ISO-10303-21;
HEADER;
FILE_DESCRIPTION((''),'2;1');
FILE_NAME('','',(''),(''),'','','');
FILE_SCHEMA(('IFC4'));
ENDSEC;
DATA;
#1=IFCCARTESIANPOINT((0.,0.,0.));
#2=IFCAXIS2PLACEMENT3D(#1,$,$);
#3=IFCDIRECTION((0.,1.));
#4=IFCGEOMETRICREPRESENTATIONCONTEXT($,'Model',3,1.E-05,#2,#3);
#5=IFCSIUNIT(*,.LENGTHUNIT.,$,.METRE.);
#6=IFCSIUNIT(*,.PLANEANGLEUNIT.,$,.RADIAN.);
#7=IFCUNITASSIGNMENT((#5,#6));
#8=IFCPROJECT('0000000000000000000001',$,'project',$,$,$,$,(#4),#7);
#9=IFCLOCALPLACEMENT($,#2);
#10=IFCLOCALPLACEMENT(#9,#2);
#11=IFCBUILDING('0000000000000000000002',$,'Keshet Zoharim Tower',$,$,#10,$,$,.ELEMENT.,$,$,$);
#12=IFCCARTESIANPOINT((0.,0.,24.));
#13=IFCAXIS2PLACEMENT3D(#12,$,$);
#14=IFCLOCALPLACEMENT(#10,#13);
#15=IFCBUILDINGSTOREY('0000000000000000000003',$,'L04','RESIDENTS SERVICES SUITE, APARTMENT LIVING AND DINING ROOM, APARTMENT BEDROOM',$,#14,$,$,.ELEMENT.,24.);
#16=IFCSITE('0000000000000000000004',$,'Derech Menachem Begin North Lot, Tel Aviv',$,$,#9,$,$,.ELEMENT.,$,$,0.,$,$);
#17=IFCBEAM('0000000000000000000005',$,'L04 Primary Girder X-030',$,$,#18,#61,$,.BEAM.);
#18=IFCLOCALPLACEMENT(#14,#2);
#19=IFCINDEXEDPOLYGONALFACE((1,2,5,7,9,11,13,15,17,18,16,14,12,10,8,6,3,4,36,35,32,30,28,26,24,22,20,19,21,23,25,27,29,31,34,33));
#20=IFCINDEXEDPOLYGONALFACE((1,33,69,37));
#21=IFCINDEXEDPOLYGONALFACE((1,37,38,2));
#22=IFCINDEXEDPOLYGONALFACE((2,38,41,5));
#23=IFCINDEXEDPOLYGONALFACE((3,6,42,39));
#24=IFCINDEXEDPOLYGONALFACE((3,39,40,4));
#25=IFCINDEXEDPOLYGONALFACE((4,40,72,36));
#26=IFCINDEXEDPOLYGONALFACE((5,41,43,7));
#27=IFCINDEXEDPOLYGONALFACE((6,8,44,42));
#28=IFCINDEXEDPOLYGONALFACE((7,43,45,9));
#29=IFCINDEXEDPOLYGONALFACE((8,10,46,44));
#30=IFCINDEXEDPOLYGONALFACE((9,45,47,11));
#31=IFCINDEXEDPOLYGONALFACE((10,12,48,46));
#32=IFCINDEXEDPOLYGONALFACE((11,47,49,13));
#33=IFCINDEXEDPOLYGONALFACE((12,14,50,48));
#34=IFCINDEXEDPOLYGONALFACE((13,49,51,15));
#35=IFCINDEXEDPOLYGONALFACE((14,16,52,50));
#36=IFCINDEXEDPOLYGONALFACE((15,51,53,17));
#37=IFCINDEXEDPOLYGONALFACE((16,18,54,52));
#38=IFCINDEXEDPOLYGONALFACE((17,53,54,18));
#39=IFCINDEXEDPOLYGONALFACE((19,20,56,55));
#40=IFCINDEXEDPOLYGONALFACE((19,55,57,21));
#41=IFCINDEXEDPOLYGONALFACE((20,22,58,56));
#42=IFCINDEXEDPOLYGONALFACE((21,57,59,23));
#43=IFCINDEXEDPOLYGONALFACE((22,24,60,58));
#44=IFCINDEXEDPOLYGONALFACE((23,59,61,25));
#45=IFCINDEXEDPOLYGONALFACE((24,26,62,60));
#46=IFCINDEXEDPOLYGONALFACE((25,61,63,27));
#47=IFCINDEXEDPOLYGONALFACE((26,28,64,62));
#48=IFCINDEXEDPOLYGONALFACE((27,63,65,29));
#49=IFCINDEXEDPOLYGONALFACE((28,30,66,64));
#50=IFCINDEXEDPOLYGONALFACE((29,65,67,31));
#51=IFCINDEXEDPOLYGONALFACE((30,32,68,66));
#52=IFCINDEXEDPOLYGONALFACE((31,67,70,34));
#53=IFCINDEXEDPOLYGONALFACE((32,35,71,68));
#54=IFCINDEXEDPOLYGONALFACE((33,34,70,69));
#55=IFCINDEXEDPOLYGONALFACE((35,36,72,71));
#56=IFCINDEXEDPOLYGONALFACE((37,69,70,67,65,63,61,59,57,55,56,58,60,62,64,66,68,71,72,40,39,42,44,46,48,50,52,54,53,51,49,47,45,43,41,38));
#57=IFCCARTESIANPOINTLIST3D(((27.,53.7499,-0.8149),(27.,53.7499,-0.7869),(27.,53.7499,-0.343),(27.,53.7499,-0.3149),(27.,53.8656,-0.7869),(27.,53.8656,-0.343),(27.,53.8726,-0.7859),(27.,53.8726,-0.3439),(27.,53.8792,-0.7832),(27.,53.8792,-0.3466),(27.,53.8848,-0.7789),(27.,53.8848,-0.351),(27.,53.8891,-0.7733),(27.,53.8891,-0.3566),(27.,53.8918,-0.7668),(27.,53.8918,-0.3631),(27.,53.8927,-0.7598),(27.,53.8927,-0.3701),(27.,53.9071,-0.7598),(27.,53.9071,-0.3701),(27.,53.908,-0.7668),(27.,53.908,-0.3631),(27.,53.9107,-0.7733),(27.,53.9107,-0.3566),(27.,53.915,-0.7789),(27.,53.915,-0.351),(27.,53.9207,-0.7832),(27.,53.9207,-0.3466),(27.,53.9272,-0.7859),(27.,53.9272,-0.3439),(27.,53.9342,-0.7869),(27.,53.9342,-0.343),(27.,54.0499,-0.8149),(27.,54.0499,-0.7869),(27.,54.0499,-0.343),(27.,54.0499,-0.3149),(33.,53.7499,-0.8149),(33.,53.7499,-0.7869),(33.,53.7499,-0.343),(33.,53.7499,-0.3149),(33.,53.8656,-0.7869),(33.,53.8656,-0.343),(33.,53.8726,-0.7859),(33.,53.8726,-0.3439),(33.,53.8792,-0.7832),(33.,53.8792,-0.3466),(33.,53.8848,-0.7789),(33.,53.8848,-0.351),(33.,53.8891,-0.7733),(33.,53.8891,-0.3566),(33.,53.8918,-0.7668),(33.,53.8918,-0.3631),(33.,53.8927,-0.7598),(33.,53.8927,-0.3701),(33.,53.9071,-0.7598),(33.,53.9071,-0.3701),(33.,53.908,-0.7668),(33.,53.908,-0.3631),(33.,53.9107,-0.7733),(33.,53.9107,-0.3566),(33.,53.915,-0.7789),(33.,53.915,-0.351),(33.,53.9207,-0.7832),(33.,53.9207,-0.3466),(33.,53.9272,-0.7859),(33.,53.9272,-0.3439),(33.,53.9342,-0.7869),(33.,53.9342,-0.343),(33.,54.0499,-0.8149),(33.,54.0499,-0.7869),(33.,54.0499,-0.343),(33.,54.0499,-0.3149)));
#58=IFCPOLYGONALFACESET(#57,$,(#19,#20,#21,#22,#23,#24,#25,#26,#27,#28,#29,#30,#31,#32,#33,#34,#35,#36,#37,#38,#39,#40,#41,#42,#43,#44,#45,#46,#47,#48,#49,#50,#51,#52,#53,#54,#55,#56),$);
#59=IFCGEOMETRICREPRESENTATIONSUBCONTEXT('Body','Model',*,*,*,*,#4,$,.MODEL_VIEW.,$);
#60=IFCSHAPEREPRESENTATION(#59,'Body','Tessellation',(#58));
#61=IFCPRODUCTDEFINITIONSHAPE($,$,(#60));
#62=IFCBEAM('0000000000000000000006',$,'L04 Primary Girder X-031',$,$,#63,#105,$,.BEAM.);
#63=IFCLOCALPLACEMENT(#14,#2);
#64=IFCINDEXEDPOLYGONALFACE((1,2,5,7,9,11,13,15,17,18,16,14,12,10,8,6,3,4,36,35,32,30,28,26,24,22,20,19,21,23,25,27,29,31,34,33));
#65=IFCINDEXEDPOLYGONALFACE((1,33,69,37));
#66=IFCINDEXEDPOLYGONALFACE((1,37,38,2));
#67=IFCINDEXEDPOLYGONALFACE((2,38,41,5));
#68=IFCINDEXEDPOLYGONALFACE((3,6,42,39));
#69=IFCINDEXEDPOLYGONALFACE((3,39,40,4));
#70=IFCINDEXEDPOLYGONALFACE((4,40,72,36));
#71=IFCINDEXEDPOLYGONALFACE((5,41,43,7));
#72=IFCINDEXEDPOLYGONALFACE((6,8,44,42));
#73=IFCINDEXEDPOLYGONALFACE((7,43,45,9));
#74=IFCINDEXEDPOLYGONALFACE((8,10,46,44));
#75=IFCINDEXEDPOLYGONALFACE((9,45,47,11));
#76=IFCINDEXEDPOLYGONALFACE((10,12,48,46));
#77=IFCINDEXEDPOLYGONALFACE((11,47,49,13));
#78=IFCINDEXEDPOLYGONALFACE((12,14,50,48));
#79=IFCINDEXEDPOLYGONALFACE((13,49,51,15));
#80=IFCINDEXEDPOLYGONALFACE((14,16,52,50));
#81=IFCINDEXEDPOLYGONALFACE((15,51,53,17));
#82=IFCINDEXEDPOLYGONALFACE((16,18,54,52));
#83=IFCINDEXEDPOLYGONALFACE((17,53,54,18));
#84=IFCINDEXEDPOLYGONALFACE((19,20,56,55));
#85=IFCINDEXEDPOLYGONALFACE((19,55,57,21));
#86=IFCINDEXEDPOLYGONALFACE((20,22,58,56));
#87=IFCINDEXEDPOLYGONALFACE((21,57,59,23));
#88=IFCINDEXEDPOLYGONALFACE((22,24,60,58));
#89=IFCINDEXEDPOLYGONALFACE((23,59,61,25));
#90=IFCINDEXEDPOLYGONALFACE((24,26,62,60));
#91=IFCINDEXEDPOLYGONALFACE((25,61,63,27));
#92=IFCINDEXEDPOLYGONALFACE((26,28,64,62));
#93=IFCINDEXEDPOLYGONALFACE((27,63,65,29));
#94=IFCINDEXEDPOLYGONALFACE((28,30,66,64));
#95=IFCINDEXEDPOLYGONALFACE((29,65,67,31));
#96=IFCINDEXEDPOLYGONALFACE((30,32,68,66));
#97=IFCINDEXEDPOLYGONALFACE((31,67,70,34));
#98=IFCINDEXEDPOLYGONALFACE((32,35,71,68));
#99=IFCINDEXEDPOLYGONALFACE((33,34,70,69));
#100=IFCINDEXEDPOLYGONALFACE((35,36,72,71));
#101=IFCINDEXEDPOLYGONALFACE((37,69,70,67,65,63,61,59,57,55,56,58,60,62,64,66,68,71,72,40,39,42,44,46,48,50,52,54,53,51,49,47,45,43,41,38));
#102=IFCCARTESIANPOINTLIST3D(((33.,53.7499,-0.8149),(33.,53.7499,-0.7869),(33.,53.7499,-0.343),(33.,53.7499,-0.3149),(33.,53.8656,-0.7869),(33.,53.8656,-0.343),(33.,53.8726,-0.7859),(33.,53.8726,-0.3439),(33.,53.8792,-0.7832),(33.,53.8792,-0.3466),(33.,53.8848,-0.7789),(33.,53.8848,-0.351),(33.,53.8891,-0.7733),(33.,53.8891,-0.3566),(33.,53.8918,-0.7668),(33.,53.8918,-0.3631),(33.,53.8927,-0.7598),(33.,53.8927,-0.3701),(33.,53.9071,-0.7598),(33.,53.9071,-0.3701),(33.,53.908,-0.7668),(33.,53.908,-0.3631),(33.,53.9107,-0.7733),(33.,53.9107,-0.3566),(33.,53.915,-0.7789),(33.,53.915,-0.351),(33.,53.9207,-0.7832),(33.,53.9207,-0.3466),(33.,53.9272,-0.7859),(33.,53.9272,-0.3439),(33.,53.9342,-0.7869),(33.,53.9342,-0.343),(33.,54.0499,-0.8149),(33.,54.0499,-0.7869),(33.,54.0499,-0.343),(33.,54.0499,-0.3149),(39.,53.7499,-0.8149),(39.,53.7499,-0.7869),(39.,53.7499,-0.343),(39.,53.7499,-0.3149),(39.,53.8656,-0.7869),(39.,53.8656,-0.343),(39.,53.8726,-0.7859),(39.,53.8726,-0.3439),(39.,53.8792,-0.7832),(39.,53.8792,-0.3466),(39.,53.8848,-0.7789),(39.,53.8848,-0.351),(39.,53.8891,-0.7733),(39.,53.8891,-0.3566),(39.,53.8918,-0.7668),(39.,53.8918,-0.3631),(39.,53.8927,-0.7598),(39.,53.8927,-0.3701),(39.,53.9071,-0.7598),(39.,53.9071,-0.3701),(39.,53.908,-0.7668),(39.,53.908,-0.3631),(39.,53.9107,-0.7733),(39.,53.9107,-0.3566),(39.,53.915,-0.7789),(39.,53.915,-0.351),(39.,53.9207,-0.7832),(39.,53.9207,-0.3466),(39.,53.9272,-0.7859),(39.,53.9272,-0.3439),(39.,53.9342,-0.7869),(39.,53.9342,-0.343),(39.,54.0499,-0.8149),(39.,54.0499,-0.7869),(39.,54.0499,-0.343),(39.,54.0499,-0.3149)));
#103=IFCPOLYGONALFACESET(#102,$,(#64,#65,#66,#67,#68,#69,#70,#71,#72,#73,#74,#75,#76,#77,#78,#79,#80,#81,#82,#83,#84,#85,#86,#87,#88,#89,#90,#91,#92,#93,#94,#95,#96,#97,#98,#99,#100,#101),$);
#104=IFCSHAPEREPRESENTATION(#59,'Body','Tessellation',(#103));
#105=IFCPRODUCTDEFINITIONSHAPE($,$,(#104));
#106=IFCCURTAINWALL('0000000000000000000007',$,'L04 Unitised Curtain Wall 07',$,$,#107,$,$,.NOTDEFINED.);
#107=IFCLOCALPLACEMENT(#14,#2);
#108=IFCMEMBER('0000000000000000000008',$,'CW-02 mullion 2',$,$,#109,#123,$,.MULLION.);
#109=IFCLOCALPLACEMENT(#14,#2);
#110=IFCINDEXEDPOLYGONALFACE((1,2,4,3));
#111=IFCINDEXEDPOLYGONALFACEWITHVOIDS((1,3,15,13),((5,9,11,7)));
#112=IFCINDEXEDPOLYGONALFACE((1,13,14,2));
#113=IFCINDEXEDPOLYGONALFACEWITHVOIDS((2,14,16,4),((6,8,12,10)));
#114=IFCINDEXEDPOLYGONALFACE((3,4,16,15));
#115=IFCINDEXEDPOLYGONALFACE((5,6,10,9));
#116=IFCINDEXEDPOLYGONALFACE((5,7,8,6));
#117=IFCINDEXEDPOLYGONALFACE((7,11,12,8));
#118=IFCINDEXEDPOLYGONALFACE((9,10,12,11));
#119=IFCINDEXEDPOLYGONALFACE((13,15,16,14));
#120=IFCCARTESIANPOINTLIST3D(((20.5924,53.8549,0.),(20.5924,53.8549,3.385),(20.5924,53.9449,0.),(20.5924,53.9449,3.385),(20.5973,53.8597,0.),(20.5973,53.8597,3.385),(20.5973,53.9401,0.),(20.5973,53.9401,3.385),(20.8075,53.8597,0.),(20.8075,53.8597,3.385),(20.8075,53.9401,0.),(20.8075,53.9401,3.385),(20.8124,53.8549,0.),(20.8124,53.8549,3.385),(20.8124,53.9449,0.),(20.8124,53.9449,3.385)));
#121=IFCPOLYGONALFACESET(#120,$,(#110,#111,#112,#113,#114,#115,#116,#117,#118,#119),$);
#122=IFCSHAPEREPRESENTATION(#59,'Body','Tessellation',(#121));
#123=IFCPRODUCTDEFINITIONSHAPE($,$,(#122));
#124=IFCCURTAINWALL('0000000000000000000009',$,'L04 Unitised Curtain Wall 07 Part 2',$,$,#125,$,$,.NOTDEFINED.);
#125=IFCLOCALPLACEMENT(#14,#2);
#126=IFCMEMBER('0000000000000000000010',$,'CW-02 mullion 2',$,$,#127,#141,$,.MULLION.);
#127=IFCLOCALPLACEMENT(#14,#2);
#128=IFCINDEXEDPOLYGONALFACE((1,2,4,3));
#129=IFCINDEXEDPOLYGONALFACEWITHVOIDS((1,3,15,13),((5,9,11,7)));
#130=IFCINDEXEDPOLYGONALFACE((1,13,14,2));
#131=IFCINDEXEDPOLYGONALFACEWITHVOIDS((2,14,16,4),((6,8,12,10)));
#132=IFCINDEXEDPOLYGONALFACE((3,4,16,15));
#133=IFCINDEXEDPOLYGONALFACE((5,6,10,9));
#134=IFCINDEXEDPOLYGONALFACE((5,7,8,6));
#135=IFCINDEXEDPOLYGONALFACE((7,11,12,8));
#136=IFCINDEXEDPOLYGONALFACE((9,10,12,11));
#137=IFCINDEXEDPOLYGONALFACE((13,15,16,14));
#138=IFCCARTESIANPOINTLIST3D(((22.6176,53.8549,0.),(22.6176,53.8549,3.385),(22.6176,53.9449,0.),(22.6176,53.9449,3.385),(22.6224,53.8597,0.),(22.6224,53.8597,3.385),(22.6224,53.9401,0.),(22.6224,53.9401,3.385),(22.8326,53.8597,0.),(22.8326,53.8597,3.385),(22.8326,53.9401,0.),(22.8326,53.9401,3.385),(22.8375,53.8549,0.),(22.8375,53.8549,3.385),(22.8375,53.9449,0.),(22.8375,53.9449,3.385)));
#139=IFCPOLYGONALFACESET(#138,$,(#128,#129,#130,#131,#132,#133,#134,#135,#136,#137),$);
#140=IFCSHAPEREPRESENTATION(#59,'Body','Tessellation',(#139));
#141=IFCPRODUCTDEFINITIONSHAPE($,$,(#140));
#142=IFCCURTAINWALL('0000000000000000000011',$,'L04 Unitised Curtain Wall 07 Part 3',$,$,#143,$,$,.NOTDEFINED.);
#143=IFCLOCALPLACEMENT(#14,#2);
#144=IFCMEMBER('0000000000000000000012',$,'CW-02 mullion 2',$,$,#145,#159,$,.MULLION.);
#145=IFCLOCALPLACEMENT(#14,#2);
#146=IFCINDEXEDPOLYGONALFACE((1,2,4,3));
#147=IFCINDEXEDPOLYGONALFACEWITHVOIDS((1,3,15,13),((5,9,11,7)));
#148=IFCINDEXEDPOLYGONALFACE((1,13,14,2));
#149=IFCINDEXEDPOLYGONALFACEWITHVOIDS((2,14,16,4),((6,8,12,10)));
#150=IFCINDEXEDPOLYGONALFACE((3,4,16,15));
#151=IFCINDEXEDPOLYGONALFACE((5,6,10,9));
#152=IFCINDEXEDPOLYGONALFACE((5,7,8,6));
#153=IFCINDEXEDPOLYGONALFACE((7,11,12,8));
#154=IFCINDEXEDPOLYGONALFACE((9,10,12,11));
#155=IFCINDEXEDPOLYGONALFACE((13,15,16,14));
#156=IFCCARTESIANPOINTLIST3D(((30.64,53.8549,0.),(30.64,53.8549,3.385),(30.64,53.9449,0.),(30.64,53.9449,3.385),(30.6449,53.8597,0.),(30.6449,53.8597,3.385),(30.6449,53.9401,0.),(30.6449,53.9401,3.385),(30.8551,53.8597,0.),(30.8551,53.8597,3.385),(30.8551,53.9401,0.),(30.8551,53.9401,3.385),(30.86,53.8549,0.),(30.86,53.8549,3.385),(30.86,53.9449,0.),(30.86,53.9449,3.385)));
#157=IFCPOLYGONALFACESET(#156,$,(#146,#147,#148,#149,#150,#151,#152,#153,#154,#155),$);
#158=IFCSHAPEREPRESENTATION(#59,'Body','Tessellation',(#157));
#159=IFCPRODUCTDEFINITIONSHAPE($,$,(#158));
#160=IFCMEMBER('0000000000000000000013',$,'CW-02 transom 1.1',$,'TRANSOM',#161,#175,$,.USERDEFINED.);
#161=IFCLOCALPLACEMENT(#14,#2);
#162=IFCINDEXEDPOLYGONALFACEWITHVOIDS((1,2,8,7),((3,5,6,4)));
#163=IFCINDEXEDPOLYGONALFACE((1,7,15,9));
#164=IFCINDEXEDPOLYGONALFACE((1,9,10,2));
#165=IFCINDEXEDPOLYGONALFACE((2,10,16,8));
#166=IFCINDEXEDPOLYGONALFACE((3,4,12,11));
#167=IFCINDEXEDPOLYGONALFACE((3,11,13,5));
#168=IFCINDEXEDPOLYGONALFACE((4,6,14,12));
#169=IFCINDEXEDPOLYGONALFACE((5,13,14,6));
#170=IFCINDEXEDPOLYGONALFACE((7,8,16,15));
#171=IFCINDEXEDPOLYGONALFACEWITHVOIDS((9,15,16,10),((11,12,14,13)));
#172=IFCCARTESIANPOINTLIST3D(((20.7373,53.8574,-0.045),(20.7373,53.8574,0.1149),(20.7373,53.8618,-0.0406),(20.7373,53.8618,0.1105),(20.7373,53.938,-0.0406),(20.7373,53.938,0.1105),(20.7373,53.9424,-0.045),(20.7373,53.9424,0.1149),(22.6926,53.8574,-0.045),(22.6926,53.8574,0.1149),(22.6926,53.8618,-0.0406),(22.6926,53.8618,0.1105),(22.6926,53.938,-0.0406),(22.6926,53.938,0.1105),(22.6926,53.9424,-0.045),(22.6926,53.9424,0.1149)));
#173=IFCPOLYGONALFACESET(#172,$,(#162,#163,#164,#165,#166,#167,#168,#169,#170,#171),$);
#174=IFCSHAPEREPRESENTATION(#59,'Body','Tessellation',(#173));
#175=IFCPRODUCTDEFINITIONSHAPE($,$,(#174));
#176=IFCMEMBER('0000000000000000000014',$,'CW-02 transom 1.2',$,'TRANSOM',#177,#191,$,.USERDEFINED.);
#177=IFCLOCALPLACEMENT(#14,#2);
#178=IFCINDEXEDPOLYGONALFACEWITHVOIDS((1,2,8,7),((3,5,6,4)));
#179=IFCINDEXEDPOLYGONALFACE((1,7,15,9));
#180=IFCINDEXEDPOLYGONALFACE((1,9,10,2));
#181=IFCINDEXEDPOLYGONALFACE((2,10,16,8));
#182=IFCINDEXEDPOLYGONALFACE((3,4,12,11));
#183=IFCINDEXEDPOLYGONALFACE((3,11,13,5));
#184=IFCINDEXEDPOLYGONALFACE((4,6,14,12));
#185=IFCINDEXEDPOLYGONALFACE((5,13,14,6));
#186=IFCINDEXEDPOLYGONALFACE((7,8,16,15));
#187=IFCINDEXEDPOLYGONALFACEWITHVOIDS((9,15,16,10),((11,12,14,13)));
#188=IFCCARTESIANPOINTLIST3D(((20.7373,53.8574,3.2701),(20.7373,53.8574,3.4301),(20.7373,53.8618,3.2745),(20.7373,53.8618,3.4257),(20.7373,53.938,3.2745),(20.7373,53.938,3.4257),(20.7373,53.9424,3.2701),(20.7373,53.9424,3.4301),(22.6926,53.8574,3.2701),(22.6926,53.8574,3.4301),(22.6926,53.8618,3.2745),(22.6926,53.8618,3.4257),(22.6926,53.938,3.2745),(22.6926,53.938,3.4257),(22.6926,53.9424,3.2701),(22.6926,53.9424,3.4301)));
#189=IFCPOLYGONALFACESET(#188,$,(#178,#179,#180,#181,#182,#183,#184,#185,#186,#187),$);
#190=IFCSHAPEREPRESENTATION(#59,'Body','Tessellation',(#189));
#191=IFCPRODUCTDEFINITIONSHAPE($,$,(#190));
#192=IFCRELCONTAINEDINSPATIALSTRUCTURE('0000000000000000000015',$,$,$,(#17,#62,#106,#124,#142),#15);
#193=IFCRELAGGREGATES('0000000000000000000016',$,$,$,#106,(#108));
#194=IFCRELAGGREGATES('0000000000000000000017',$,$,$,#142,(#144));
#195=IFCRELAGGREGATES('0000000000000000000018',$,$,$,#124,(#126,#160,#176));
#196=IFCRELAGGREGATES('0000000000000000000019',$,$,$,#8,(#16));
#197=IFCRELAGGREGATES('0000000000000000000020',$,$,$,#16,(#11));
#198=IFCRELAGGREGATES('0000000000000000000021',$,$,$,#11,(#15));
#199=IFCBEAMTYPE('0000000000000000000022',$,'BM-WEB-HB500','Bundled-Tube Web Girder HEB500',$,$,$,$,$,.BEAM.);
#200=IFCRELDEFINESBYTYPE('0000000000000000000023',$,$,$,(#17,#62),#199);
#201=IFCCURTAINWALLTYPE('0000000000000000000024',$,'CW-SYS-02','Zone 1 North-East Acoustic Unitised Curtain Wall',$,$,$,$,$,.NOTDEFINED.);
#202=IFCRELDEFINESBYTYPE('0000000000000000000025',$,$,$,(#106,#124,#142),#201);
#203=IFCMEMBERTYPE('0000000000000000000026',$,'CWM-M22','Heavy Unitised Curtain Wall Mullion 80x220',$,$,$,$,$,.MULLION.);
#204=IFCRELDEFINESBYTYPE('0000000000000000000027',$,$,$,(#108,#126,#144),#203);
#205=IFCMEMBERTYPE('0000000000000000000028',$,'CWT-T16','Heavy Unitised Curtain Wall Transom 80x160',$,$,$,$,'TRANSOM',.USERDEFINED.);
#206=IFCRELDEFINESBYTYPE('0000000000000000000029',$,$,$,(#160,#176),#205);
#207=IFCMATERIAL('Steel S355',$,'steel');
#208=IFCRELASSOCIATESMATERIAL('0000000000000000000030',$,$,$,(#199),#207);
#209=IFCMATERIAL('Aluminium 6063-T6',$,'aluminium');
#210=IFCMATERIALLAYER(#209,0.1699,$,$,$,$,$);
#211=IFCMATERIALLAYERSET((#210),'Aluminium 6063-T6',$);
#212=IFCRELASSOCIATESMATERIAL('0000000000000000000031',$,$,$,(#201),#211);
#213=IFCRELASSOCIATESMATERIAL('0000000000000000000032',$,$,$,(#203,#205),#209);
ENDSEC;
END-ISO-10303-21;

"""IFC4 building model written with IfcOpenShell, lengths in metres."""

from ifc_helpers import new_model, si_unit, direction, frame, origin, origin_2d, place, context, subcontext, project, spatial, hollow_rectangle, i_section, extrude, material, layer, layer_set, material_profile, profile_set, type_object, element, aggregate, save


model = new_model("IFC4")

# Units and contexts
model_context = context("Model", 3, precision=1e-05, world=origin(), true_north=direction((0.0, 1.0)))
body_context = subcontext(model_context, "Body", "Model", "MODEL_VIEW")
ifc_project = project(units=[si_unit("LENGTHUNIT", "METRE"), si_unit("PLANEANGLEUNIT", "RADIAN")], contexts=[model_context])

# Site, building, storey
site_placement = place(None, origin())
site = spatial("IfcSite", under=ifc_project, at=site_placement, Name="Derech Menachem Begin North Lot, Tel Aviv", CompositionType="ELEMENT", RefElevation=0.0)
building_placement = place(site_placement, origin())
building = spatial("IfcBuilding", under=site, at=building_placement, Name="Keshet Zoharim Tower", CompositionType="ELEMENT")
storey_placement = place(building_placement, frame((0.0, 0.0, 24.0)))
storey = spatial("IfcBuildingStorey", under=building, at=storey_placement, Name="L04", Description="RESIDENTS SERVICES SUITE, APARTMENT LIVING AND DINING ROOM, APARTMENT BEDROOM", CompositionType="ELEMENT", Elevation=24.0)

# Shared definitions
ifc_material_1 = material(Name="Steel S355", Category="steel")

# Beams
ifc_material_profile_1 = material_profile(ifc_material_1, i_section(OverallWidth=0.3, OverallDepth=0.5, WebThickness=0.0144, FlangeThickness=0.0281, FilletRadius=0.0271, at=origin_2d()), Name="HEB500")
ifc_profile_set_1 = profile_set([ifc_material_profile_1], Name="Steel S355")
beam_type = type_object("IfcBeamType", Name="BM-WEB-HB500", Description="Bundled-Tube Web Girder HEB500", PredefinedType="BEAM", material=ifc_profile_set_1)
for number, where, z_axis, x_axis, name in (
    (1, (27.0, 53.8999, -0.5649), (1.0, 0.0, 0.0), (0.0, 1.0, 0.0), "L04 Primary Girder X-030"),
    (2, (33.0, 53.8999, -0.5649), (1.0, 0.0, 0.0), (0.0, 1.0, 0.0), "L04 Primary Girder X-031"),
):
    element("IfcBeam", number, at=place(storey_placement, frame(where, z_axis=z_axis, x_axis=x_axis)), inside=storey, type_object=beam_type, Name=name, PredefinedType="BEAM", context=body_context, shape_type="SweptSolid", body=[
        extrude(i_section(OverallWidth=0.3, OverallDepth=0.5, WebThickness=0.0144, FlangeThickness=0.0281, FilletRadius=0.0271, at=origin_2d()), origin(), (0.0, 0.0, 1.0), 6.0),
    ])

# Curtain walls, members
ifc_material_2 = material(Name="Aluminium 6063-T6", Category="aluminium")
ifc_layer_1 = layer(ifc_material_2, 0.1699)
ifc_layer_set_1 = layer_set([ifc_layer_1], Name="Aluminium 6063-T6")
curtain_wall_type = type_object("IfcCurtainWallType", Name="CW-SYS-02", Description="Zone 1 North-East Acoustic Unitised Curtain Wall", PredefinedType="NOTDEFINED", material=ifc_layer_set_1)
curtain_wall_1_placement = place(storey_placement, origin())
curtain_wall_1 = element("IfcCurtainWall", 3, at=curtain_wall_1_placement, inside=storey, type_object=curtain_wall_type, Name="L04 Unitised Curtain Wall 07", PredefinedType="NOTDEFINED")
ifc_material_profile_2 = material_profile(ifc_material_2, hollow_rectangle(XDim=0.0901, YDim=0.22, WallThickness=0.0049, at=origin_2d()), Name="MUL-90x220")
ifc_profile_set_2 = profile_set([ifc_material_profile_2], Name="Aluminium 6063-T6")
member_type_1 = type_object("IfcMemberType", Name="CWM-M22", Description="Heavy Unitised Curtain Wall Mullion 80x220", PredefinedType="MULLION", material=ifc_profile_set_2)
member_1_placement = place(storey_placement, frame((20.7024, 53.8999, 0.0), z_axis=(0.0, 0.0, 1.0), x_axis=(0.0, 1.0, 0.0)))
member_1 = element("IfcMember", 4, at=member_1_placement, type_object=member_type_1, Name="CW-02 mullion 2", PredefinedType="MULLION", context=body_context, shape_type="SweptSolid", body=[
    extrude(hollow_rectangle(XDim=0.0901, YDim=0.22, WallThickness=0.0049, at=origin_2d()), origin(), (0.0, 0.0, 1.0), 3.385),
])
aggregate(curtain_wall_1, [member_1])
curtain_wall_2_placement = place(storey_placement, origin())
curtain_wall_2 = element("IfcCurtainWall", 5, at=curtain_wall_2_placement, inside=storey, type_object=curtain_wall_type, Name="L04 Unitised Curtain Wall 07 Part 2", PredefinedType="NOTDEFINED")
member_2_placement = place(storey_placement, frame((22.7275, 53.8999, 0.0), z_axis=(0.0, 0.0, 1.0), x_axis=(0.0, 1.0, 0.0)))
member_2 = element("IfcMember", 6, at=member_2_placement, type_object=member_type_1, Name="CW-02 mullion 2", PredefinedType="MULLION", context=body_context, shape_type="SweptSolid", body=[
    extrude(hollow_rectangle(XDim=0.0901, YDim=0.22, WallThickness=0.0049, at=origin_2d()), origin(), (0.0, 0.0, 1.0), 3.385),
])
curtain_wall_3_placement = place(storey_placement, origin())
curtain_wall_3 = element("IfcCurtainWall", 7, at=curtain_wall_3_placement, inside=storey, type_object=curtain_wall_type, Name="L04 Unitised Curtain Wall 07 Part 3", PredefinedType="NOTDEFINED")
member_3_placement = place(storey_placement, frame((30.75, 53.8999, 0.0), z_axis=(0.0, 0.0, 1.0), x_axis=(0.0, 1.0, 0.0)))
member_3 = element("IfcMember", 8, at=member_3_placement, type_object=member_type_1, Name="CW-02 mullion 2", PredefinedType="MULLION", context=body_context, shape_type="SweptSolid", body=[
    extrude(hollow_rectangle(XDim=0.0901, YDim=0.22, WallThickness=0.0049, at=origin_2d()), origin(), (0.0, 0.0, 1.0), 3.385),
])

# Members
ifc_material_profile_3 = material_profile(ifc_material_2, hollow_rectangle(XDim=0.085, YDim=0.1599, WallThickness=0.0044, at=origin_2d()), Name="TRN-85x160")
ifc_profile_set_3 = profile_set([ifc_material_profile_3], Name="Aluminium 6063-T6")
member_type_2 = type_object("IfcMemberType", Name="CWT-T16", Description="Heavy Unitised Curtain Wall Transom 80x160", ElementType="TRANSOM", PredefinedType="USERDEFINED", material=ifc_profile_set_3)
member_4_placement = place(storey_placement, frame((20.7373, 53.8999, 0.0349), z_axis=(1.0, 0.0, 0.0), x_axis=(0.0, 1.0, 0.0)))
member_4 = element("IfcMember", 9, at=member_4_placement, type_object=member_type_2, Name="CW-02 transom 1.1", ObjectType="TRANSOM", PredefinedType="USERDEFINED", context=body_context, shape_type="SweptSolid", body=[
    extrude(hollow_rectangle(XDim=0.085, YDim=0.1599, WallThickness=0.0044, at=origin_2d()), origin(), (0.0, 0.0, 1.0), 1.9553),
])
member_5_placement = place(storey_placement, frame((20.7373, 53.8999, 3.3501), z_axis=(1.0, 0.0, 0.0), x_axis=(0.0, 1.0, 0.0)))
member_5 = element("IfcMember", 10, at=member_5_placement, type_object=member_type_2, Name="CW-02 transom 1.2", ObjectType="TRANSOM", PredefinedType="USERDEFINED", context=body_context, shape_type="SweptSolid", body=[
    extrude(hollow_rectangle(XDim=0.085, YDim=0.1599, WallThickness=0.0044, at=origin_2d()), origin(), (0.0, 0.0, 1.0), 1.9553),
])

aggregate(curtain_wall_3, [member_3])
aggregate(curtain_wall_2, [member_2, member_4, member_5])

save(model, "model.ifc")
